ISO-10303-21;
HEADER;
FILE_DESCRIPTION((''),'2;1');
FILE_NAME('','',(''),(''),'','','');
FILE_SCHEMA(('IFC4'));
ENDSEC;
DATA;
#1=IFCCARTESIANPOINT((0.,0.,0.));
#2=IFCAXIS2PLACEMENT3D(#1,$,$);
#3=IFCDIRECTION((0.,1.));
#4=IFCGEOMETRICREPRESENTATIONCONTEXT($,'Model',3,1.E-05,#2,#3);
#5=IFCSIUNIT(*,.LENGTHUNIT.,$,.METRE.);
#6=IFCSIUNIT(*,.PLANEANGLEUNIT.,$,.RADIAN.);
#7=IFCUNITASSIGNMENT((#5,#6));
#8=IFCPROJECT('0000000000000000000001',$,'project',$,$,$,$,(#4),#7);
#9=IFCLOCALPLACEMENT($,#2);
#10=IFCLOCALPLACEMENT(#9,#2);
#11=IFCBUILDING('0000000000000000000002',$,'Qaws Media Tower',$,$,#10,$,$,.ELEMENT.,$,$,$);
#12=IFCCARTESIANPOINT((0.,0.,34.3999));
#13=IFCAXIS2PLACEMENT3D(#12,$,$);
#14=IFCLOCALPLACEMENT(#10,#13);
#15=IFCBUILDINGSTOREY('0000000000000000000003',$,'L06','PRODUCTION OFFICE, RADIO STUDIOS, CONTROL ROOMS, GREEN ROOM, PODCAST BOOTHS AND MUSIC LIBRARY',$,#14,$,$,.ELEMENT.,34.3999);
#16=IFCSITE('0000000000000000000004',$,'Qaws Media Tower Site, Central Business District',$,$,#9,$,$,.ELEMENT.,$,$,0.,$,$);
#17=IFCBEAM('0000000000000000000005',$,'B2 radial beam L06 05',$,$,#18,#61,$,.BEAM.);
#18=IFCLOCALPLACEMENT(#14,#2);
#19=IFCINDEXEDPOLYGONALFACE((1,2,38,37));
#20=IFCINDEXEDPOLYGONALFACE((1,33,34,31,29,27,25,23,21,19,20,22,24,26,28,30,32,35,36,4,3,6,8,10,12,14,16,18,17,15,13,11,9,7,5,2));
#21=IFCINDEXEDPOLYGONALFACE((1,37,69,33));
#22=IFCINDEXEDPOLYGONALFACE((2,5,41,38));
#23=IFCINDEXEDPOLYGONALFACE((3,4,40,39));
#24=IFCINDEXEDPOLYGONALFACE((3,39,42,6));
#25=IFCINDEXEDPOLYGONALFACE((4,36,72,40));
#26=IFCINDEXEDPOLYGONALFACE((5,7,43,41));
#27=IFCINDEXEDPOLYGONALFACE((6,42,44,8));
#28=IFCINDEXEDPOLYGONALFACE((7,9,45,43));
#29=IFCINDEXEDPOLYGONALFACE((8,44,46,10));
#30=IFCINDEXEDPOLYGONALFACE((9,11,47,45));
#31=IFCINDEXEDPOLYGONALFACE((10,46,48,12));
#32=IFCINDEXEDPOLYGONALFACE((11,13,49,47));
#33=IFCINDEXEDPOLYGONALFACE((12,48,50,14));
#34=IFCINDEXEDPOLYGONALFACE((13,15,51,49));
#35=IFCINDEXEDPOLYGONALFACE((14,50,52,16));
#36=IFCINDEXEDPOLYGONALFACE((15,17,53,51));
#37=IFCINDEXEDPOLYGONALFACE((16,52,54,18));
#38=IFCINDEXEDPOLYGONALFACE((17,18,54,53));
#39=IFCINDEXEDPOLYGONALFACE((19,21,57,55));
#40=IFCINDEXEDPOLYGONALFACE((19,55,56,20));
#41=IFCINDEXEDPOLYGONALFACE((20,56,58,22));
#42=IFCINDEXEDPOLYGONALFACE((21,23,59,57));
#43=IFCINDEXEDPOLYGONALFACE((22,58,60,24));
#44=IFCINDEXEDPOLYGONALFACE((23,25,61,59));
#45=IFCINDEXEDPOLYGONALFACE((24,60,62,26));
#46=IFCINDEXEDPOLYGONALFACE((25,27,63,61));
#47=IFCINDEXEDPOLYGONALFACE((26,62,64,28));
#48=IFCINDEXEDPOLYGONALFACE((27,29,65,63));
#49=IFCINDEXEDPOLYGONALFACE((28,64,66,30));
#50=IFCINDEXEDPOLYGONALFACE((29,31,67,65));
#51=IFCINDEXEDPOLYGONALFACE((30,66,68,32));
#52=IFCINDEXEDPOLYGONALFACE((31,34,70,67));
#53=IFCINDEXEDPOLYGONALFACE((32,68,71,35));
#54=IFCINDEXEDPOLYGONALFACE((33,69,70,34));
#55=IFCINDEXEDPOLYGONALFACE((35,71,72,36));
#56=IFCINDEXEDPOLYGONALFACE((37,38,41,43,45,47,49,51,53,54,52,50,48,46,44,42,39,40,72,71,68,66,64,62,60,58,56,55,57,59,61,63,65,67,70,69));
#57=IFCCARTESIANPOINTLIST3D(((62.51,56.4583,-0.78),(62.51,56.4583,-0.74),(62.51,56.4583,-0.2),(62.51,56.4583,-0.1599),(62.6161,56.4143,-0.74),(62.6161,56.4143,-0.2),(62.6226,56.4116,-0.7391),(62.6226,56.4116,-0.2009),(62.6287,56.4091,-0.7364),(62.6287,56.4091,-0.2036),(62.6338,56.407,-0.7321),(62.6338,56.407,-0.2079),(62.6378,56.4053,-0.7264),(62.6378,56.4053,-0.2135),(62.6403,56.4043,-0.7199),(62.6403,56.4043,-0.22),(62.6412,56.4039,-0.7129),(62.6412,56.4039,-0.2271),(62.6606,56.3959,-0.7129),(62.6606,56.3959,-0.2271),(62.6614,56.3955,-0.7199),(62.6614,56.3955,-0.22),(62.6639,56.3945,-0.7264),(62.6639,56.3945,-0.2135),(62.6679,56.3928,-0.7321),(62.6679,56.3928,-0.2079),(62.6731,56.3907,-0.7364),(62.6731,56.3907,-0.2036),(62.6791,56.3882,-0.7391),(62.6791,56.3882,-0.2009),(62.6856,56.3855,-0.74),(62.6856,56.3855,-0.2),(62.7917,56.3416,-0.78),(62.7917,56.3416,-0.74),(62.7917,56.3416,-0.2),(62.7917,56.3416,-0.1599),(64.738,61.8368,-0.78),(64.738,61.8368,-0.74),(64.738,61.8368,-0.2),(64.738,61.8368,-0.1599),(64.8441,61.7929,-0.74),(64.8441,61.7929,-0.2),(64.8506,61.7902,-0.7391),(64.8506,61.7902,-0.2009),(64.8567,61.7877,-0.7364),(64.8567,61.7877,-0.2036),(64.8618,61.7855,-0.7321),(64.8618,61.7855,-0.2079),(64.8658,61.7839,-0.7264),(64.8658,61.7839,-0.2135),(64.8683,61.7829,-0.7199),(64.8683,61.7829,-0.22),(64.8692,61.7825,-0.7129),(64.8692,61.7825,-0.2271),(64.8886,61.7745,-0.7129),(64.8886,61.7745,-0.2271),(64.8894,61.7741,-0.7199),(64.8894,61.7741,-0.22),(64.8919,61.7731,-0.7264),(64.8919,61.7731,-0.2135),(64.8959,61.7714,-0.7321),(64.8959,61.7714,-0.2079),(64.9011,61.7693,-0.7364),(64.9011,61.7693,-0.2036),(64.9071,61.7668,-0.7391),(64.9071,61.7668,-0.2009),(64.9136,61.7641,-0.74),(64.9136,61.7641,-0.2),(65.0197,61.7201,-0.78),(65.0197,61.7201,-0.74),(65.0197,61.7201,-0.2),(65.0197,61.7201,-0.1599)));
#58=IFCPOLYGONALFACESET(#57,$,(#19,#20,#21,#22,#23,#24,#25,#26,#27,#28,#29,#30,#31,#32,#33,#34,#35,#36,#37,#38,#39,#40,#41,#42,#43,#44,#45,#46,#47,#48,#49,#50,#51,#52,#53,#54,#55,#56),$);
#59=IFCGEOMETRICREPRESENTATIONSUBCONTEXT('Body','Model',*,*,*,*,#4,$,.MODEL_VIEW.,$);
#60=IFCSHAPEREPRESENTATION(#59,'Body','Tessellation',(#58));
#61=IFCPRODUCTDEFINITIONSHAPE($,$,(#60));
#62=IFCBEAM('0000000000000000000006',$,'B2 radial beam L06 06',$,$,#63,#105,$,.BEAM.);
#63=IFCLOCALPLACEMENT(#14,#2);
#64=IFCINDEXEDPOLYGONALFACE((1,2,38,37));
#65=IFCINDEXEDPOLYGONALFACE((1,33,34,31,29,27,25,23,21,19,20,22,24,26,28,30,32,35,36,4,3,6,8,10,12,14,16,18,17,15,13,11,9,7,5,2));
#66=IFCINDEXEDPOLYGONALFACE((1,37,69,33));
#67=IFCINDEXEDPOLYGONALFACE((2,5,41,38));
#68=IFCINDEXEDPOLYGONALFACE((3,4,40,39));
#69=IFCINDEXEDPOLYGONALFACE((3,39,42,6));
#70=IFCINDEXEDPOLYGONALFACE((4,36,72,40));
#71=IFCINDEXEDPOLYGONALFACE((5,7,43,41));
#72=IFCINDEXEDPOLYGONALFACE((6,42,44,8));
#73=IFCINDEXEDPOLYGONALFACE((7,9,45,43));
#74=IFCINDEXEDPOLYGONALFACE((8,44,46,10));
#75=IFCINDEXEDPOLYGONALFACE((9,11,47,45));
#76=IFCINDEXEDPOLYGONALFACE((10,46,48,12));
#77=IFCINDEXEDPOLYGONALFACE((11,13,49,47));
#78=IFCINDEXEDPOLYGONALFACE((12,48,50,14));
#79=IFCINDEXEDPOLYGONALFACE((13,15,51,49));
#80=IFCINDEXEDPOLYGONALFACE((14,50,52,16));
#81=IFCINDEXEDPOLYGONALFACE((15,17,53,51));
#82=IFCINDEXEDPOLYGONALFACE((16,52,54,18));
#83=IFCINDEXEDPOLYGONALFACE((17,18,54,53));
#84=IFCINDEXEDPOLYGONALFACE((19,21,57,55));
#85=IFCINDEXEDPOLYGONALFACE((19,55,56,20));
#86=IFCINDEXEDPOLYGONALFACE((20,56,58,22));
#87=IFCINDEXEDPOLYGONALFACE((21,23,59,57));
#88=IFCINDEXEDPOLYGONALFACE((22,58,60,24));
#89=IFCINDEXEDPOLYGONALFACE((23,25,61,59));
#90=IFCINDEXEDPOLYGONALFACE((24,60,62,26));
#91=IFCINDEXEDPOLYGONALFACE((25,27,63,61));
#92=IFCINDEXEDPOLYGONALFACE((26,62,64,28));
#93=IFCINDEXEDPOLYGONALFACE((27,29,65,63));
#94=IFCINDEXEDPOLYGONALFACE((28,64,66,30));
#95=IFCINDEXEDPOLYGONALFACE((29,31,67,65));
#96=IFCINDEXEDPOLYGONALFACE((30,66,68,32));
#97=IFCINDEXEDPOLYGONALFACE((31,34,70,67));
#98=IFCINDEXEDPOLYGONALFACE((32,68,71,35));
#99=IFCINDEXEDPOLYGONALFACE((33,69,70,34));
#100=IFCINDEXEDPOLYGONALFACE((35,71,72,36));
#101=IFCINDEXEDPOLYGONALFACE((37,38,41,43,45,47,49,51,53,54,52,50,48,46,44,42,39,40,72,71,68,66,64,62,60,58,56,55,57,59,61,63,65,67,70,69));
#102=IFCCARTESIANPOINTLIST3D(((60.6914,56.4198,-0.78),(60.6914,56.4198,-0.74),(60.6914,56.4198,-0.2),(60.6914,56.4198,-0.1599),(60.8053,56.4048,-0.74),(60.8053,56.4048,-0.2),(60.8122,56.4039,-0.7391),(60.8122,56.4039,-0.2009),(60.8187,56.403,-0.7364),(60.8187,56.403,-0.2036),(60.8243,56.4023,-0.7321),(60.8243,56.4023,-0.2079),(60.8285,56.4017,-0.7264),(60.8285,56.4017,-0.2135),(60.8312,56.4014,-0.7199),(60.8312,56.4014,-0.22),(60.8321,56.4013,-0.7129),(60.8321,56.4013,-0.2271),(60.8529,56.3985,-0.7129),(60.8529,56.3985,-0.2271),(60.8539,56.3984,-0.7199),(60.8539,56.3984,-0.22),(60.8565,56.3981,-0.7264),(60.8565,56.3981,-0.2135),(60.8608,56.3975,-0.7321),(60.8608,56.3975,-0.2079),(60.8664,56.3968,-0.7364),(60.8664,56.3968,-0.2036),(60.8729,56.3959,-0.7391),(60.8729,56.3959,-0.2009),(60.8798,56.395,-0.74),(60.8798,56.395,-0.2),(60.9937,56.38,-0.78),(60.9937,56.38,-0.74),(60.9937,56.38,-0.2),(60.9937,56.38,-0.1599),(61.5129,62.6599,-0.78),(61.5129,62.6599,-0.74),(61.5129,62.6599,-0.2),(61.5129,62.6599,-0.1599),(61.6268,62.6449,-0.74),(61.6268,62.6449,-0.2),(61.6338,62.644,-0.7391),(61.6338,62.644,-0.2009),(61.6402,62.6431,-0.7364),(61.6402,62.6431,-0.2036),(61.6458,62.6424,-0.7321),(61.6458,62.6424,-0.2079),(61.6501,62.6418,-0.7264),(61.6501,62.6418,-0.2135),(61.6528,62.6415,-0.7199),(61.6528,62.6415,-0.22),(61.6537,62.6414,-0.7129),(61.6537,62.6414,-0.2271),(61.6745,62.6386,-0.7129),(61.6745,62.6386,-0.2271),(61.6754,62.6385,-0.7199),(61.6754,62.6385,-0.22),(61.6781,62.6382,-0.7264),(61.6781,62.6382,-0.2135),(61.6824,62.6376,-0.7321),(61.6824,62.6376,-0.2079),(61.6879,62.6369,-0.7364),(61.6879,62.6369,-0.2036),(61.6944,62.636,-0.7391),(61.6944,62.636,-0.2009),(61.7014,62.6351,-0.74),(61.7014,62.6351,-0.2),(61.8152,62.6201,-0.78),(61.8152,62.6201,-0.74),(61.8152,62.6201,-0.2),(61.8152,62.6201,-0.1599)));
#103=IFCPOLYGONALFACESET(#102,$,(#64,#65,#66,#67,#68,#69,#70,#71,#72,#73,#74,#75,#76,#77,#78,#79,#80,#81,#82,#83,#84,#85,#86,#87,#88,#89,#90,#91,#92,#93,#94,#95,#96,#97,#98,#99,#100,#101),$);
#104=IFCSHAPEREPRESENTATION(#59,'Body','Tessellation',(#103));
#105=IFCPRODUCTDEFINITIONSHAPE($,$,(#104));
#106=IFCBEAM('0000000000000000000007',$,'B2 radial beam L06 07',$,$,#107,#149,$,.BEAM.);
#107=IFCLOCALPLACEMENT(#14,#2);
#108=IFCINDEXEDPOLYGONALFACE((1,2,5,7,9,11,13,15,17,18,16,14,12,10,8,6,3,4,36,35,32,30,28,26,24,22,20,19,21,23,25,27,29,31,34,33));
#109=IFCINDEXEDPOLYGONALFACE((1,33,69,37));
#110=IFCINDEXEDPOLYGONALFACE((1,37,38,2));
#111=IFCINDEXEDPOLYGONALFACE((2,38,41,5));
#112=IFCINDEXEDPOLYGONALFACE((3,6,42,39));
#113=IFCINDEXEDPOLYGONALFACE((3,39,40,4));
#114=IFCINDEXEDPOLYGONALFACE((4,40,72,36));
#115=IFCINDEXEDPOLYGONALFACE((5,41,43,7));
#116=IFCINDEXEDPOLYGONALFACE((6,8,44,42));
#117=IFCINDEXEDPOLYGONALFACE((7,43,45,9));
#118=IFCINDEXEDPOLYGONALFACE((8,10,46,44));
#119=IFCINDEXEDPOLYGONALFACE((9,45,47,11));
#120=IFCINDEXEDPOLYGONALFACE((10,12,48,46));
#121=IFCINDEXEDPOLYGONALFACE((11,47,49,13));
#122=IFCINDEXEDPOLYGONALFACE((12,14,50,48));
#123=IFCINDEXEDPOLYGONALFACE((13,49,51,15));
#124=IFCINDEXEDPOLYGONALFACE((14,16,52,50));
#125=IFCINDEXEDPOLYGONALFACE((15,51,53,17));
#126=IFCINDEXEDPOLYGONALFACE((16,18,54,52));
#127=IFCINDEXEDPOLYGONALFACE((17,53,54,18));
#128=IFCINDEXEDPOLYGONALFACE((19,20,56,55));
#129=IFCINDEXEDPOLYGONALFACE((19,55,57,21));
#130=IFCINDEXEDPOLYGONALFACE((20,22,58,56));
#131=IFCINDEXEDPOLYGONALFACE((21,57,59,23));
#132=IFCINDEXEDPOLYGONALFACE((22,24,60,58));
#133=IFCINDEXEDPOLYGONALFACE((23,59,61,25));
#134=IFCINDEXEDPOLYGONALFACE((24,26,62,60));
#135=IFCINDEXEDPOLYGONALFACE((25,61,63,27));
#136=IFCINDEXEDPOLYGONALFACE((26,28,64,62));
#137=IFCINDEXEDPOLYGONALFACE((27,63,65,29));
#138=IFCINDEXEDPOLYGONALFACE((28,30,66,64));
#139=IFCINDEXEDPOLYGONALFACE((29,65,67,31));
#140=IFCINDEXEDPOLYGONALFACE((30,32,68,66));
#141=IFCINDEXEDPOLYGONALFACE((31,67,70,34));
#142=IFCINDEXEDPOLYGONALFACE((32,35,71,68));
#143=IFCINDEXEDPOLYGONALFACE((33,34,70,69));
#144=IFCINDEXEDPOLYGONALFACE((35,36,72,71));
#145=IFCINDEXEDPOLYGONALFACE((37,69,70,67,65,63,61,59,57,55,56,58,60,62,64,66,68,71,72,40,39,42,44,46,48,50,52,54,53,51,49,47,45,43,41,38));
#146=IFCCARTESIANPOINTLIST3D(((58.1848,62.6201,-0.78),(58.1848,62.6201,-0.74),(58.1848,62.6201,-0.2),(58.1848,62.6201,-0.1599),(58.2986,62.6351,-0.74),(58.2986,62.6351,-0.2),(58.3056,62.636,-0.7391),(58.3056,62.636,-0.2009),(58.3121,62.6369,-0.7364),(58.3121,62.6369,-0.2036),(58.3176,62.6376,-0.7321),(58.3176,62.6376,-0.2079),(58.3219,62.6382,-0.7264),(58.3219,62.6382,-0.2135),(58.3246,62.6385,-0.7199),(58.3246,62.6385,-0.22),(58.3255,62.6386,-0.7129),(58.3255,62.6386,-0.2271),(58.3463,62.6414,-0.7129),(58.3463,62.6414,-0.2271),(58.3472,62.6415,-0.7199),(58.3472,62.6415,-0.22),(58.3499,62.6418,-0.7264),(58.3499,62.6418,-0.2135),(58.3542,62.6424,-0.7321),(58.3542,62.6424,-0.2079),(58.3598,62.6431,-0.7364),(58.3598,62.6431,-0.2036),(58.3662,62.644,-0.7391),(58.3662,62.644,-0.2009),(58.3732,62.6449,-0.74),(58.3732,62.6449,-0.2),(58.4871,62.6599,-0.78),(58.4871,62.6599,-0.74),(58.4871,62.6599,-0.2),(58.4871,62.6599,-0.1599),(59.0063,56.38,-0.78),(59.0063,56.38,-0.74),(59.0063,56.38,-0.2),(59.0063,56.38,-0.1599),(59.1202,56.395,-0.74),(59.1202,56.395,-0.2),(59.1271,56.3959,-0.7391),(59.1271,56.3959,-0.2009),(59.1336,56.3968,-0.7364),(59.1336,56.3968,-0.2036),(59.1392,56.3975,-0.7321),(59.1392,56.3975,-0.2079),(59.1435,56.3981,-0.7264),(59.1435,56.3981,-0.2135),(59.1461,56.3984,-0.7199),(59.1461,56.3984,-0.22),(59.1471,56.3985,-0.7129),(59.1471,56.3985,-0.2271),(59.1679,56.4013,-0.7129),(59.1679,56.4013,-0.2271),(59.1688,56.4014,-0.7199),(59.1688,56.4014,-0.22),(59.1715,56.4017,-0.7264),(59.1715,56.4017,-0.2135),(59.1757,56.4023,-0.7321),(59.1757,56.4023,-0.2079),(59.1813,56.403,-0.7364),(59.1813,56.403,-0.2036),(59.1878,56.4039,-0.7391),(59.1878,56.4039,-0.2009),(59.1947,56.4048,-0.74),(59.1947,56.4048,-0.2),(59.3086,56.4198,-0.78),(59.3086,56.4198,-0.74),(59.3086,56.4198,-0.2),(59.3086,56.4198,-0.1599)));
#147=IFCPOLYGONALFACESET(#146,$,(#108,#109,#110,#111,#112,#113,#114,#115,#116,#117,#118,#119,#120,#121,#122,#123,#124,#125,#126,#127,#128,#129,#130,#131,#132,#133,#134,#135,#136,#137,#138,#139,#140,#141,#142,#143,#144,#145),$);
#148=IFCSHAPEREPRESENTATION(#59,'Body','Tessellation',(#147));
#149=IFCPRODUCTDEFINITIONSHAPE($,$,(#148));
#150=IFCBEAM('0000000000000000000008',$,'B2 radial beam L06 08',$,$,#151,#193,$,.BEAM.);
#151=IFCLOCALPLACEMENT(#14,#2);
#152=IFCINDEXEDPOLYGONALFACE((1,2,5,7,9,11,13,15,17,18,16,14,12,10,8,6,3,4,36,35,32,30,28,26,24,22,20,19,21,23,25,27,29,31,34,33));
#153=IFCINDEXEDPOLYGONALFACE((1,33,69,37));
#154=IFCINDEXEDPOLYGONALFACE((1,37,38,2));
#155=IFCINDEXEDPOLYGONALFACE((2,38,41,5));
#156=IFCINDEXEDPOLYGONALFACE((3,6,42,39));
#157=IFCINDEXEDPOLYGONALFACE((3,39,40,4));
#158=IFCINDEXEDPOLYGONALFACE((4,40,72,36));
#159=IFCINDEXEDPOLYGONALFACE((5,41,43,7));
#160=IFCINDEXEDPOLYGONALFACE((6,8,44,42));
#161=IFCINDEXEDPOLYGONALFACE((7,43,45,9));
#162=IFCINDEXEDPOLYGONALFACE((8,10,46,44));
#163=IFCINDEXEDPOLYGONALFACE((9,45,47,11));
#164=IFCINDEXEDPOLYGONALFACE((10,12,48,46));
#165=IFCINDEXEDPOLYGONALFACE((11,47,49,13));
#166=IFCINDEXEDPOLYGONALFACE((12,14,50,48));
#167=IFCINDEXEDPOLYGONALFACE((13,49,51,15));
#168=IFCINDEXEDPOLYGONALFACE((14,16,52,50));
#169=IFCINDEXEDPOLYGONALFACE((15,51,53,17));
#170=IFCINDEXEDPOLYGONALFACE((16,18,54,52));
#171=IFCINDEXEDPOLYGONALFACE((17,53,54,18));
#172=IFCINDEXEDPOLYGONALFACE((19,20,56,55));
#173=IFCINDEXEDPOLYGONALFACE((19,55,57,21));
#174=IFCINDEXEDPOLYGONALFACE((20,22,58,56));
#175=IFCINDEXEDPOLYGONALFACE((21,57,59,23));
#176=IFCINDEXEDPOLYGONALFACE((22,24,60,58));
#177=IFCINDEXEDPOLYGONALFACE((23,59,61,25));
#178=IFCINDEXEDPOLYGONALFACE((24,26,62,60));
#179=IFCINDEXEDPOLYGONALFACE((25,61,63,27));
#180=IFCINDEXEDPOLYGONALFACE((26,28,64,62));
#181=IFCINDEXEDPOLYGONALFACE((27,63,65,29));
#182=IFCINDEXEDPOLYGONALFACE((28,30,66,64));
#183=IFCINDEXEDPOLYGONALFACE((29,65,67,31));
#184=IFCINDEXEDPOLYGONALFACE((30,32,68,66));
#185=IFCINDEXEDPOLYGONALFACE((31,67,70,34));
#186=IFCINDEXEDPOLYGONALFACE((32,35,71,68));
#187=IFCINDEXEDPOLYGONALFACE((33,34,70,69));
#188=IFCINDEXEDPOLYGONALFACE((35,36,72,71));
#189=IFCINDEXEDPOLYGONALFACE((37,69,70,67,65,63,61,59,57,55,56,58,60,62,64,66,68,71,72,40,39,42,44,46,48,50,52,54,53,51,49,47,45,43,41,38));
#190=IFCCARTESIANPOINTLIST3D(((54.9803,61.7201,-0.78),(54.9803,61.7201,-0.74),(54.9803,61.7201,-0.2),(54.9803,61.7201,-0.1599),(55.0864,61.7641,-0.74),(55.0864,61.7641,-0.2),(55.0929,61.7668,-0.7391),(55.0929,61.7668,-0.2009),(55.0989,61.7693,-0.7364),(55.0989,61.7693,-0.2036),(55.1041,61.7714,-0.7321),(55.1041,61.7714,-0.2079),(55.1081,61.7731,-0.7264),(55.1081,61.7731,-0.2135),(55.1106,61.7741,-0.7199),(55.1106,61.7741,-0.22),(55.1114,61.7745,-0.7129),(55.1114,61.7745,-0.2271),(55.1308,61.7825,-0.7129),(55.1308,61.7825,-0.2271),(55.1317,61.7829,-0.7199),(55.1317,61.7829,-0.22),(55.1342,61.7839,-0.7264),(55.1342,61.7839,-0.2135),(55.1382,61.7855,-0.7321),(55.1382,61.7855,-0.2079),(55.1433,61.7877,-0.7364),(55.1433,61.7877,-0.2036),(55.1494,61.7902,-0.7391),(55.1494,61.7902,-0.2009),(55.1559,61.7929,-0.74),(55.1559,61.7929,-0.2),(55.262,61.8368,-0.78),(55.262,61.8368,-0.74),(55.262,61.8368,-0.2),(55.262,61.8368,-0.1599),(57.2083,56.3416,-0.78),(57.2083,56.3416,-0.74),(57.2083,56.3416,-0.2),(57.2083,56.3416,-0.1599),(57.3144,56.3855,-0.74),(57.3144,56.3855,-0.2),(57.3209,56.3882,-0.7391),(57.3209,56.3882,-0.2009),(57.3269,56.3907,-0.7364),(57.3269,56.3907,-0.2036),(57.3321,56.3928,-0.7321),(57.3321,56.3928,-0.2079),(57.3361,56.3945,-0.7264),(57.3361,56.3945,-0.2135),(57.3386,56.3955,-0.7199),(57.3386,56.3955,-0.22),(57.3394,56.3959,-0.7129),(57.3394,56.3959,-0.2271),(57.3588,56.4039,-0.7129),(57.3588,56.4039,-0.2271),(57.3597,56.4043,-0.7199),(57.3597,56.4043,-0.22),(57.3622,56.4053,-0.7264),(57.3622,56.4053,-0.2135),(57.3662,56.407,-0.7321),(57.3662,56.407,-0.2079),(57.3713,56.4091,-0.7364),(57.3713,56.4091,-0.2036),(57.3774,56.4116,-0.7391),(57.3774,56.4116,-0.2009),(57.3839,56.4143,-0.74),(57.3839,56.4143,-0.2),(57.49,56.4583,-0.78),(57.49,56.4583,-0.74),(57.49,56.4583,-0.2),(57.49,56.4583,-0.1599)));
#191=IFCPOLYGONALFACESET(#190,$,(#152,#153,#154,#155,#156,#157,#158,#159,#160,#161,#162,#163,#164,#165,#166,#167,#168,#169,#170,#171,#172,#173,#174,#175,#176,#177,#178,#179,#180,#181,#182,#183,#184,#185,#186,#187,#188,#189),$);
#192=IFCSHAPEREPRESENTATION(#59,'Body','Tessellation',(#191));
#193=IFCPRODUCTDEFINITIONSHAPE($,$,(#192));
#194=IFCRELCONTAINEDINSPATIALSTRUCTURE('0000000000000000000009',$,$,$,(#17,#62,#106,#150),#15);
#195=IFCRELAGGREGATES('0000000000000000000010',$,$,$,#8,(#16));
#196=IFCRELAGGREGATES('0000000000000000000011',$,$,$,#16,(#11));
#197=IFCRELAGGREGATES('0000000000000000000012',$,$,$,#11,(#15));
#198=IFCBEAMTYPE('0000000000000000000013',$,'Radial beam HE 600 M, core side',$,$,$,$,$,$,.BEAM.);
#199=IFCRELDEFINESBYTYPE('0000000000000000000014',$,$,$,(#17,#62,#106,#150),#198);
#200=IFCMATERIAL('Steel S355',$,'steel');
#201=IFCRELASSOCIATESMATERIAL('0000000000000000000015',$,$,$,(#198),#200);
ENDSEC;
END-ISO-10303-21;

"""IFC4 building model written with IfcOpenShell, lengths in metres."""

from ifc_helpers import new_model, si_unit, direction, frame, origin, origin_2d, place, context, subcontext, project, spatial, i_section, extrude, material, material_profile, profile_set, type_object, element, save


model = new_model("IFC4")

# Units and contexts
model_context = context("Model", 3, precision=1e-05, world=origin(), true_north=direction((0.0, 1.0)))
body_context = subcontext(model_context, "Body", "Model", "MODEL_VIEW")
ifc_project = project(units=[si_unit("LENGTHUNIT", "METRE"), si_unit("PLANEANGLEUNIT", "RADIAN")], contexts=[model_context])

# Site, building, storey
site_placement = place(None, origin())
site = spatial("IfcSite", under=ifc_project, at=site_placement, Name="Qaws Media Tower Site, Central Business District", CompositionType="ELEMENT", RefElevation=0.0)
building_placement = place(site_placement, origin())
building = spatial("IfcBuilding", under=site, at=building_placement, Name="Qaws Media Tower", CompositionType="ELEMENT")
storey_placement = place(building_placement, frame((0.0, 0.0, 34.3999)))
storey = spatial("IfcBuildingStorey", under=building, at=storey_placement, Name="L06", Description="PRODUCTION OFFICE, RADIO STUDIOS, CONTROL ROOMS, GREEN ROOM, PODCAST BOOTHS AND MUSIC LIBRARY", CompositionType="ELEMENT", Elevation=34.3999)

# Beams
ifc_material_1 = material(Name="Steel S355", Category="steel")
ifc_material_profile_1 = material_profile(ifc_material_1, i_section(OverallWidth=0.3049, OverallDepth=0.6201, WebThickness=0.021, FlangeThickness=0.04, FilletRadius=0.0271, at=origin_2d()), Name="HE 600 M")
ifc_profile_set_1 = profile_set([ifc_material_profile_1], Name="Steel S355")
beam_type_1 = type_object("IfcBeamType", Name="Radial beam HE 600 M, core side", PredefinedType="BEAM", material=ifc_profile_set_1)
beam_1_placement = place(storey_placement, frame((62.6509, 56.3999, -0.47), z_axis=(0.3827, 0.923873, 0.0), x_axis=(-0.923873, 0.3827, 0.0)))
element("IfcBeam", 1, at=beam_1_placement, inside=storey, type_object=beam_type_1, Name="B2 radial beam L06 05", PredefinedType="BEAM", context=body_context, shape_type="SweptSolid", body=[
    extrude(i_section(OverallWidth=0.3049, OverallDepth=0.6201, WebThickness=0.021, FlangeThickness=0.04, FilletRadius=0.0271, at=origin_2d()), origin(), (0.0, 0.0, 1.0), 5.8218),
])
for number, where, z_axis, x_axis, name in (
    (2, (60.8425, 56.3999, -0.47), (0.13053, 0.991444, 0.0), (-0.991444, 0.13053, 0.0), "B2 radial beam L06 06"),
    (3, (59.1575, 56.3999, -0.47), (-0.13053, 0.991444, 0.0), (-0.991444, -0.13053, 0.0), "B2 radial beam L06 07"),
):
    element("IfcBeam", number, at=place(storey_placement, frame(where, z_axis=z_axis, x_axis=x_axis)), inside=storey, type_object=beam_type_1, Name=name, PredefinedType="BEAM", context=body_context, shape_type="SweptSolid", body=[
        extrude(i_section(OverallWidth=0.3049, OverallDepth=0.6201, WebThickness=0.021, FlangeThickness=0.04, FilletRadius=0.0271, at=origin_2d()), origin(), (0.0, 0.0, 1.0), 6.2939),
    ])
beam_2_placement = place(storey_placement, frame((57.3491, 56.3999, -0.47), z_axis=(-0.3827, 0.923873, 0.0), x_axis=(-0.923873, -0.3827, 0.0)))
element("IfcBeam", 4, at=beam_2_placement, inside=storey, type_object=beam_type_1, Name="B2 radial beam L06 08", PredefinedType="BEAM", context=body_context, shape_type="SweptSolid", body=[
    extrude(i_section(OverallWidth=0.3049, OverallDepth=0.6201, WebThickness=0.021, FlangeThickness=0.04, FilletRadius=0.0271, at=origin_2d()), origin(), (0.0, 0.0, 1.0), 5.8218),
])

save(model, "model.ifc")
